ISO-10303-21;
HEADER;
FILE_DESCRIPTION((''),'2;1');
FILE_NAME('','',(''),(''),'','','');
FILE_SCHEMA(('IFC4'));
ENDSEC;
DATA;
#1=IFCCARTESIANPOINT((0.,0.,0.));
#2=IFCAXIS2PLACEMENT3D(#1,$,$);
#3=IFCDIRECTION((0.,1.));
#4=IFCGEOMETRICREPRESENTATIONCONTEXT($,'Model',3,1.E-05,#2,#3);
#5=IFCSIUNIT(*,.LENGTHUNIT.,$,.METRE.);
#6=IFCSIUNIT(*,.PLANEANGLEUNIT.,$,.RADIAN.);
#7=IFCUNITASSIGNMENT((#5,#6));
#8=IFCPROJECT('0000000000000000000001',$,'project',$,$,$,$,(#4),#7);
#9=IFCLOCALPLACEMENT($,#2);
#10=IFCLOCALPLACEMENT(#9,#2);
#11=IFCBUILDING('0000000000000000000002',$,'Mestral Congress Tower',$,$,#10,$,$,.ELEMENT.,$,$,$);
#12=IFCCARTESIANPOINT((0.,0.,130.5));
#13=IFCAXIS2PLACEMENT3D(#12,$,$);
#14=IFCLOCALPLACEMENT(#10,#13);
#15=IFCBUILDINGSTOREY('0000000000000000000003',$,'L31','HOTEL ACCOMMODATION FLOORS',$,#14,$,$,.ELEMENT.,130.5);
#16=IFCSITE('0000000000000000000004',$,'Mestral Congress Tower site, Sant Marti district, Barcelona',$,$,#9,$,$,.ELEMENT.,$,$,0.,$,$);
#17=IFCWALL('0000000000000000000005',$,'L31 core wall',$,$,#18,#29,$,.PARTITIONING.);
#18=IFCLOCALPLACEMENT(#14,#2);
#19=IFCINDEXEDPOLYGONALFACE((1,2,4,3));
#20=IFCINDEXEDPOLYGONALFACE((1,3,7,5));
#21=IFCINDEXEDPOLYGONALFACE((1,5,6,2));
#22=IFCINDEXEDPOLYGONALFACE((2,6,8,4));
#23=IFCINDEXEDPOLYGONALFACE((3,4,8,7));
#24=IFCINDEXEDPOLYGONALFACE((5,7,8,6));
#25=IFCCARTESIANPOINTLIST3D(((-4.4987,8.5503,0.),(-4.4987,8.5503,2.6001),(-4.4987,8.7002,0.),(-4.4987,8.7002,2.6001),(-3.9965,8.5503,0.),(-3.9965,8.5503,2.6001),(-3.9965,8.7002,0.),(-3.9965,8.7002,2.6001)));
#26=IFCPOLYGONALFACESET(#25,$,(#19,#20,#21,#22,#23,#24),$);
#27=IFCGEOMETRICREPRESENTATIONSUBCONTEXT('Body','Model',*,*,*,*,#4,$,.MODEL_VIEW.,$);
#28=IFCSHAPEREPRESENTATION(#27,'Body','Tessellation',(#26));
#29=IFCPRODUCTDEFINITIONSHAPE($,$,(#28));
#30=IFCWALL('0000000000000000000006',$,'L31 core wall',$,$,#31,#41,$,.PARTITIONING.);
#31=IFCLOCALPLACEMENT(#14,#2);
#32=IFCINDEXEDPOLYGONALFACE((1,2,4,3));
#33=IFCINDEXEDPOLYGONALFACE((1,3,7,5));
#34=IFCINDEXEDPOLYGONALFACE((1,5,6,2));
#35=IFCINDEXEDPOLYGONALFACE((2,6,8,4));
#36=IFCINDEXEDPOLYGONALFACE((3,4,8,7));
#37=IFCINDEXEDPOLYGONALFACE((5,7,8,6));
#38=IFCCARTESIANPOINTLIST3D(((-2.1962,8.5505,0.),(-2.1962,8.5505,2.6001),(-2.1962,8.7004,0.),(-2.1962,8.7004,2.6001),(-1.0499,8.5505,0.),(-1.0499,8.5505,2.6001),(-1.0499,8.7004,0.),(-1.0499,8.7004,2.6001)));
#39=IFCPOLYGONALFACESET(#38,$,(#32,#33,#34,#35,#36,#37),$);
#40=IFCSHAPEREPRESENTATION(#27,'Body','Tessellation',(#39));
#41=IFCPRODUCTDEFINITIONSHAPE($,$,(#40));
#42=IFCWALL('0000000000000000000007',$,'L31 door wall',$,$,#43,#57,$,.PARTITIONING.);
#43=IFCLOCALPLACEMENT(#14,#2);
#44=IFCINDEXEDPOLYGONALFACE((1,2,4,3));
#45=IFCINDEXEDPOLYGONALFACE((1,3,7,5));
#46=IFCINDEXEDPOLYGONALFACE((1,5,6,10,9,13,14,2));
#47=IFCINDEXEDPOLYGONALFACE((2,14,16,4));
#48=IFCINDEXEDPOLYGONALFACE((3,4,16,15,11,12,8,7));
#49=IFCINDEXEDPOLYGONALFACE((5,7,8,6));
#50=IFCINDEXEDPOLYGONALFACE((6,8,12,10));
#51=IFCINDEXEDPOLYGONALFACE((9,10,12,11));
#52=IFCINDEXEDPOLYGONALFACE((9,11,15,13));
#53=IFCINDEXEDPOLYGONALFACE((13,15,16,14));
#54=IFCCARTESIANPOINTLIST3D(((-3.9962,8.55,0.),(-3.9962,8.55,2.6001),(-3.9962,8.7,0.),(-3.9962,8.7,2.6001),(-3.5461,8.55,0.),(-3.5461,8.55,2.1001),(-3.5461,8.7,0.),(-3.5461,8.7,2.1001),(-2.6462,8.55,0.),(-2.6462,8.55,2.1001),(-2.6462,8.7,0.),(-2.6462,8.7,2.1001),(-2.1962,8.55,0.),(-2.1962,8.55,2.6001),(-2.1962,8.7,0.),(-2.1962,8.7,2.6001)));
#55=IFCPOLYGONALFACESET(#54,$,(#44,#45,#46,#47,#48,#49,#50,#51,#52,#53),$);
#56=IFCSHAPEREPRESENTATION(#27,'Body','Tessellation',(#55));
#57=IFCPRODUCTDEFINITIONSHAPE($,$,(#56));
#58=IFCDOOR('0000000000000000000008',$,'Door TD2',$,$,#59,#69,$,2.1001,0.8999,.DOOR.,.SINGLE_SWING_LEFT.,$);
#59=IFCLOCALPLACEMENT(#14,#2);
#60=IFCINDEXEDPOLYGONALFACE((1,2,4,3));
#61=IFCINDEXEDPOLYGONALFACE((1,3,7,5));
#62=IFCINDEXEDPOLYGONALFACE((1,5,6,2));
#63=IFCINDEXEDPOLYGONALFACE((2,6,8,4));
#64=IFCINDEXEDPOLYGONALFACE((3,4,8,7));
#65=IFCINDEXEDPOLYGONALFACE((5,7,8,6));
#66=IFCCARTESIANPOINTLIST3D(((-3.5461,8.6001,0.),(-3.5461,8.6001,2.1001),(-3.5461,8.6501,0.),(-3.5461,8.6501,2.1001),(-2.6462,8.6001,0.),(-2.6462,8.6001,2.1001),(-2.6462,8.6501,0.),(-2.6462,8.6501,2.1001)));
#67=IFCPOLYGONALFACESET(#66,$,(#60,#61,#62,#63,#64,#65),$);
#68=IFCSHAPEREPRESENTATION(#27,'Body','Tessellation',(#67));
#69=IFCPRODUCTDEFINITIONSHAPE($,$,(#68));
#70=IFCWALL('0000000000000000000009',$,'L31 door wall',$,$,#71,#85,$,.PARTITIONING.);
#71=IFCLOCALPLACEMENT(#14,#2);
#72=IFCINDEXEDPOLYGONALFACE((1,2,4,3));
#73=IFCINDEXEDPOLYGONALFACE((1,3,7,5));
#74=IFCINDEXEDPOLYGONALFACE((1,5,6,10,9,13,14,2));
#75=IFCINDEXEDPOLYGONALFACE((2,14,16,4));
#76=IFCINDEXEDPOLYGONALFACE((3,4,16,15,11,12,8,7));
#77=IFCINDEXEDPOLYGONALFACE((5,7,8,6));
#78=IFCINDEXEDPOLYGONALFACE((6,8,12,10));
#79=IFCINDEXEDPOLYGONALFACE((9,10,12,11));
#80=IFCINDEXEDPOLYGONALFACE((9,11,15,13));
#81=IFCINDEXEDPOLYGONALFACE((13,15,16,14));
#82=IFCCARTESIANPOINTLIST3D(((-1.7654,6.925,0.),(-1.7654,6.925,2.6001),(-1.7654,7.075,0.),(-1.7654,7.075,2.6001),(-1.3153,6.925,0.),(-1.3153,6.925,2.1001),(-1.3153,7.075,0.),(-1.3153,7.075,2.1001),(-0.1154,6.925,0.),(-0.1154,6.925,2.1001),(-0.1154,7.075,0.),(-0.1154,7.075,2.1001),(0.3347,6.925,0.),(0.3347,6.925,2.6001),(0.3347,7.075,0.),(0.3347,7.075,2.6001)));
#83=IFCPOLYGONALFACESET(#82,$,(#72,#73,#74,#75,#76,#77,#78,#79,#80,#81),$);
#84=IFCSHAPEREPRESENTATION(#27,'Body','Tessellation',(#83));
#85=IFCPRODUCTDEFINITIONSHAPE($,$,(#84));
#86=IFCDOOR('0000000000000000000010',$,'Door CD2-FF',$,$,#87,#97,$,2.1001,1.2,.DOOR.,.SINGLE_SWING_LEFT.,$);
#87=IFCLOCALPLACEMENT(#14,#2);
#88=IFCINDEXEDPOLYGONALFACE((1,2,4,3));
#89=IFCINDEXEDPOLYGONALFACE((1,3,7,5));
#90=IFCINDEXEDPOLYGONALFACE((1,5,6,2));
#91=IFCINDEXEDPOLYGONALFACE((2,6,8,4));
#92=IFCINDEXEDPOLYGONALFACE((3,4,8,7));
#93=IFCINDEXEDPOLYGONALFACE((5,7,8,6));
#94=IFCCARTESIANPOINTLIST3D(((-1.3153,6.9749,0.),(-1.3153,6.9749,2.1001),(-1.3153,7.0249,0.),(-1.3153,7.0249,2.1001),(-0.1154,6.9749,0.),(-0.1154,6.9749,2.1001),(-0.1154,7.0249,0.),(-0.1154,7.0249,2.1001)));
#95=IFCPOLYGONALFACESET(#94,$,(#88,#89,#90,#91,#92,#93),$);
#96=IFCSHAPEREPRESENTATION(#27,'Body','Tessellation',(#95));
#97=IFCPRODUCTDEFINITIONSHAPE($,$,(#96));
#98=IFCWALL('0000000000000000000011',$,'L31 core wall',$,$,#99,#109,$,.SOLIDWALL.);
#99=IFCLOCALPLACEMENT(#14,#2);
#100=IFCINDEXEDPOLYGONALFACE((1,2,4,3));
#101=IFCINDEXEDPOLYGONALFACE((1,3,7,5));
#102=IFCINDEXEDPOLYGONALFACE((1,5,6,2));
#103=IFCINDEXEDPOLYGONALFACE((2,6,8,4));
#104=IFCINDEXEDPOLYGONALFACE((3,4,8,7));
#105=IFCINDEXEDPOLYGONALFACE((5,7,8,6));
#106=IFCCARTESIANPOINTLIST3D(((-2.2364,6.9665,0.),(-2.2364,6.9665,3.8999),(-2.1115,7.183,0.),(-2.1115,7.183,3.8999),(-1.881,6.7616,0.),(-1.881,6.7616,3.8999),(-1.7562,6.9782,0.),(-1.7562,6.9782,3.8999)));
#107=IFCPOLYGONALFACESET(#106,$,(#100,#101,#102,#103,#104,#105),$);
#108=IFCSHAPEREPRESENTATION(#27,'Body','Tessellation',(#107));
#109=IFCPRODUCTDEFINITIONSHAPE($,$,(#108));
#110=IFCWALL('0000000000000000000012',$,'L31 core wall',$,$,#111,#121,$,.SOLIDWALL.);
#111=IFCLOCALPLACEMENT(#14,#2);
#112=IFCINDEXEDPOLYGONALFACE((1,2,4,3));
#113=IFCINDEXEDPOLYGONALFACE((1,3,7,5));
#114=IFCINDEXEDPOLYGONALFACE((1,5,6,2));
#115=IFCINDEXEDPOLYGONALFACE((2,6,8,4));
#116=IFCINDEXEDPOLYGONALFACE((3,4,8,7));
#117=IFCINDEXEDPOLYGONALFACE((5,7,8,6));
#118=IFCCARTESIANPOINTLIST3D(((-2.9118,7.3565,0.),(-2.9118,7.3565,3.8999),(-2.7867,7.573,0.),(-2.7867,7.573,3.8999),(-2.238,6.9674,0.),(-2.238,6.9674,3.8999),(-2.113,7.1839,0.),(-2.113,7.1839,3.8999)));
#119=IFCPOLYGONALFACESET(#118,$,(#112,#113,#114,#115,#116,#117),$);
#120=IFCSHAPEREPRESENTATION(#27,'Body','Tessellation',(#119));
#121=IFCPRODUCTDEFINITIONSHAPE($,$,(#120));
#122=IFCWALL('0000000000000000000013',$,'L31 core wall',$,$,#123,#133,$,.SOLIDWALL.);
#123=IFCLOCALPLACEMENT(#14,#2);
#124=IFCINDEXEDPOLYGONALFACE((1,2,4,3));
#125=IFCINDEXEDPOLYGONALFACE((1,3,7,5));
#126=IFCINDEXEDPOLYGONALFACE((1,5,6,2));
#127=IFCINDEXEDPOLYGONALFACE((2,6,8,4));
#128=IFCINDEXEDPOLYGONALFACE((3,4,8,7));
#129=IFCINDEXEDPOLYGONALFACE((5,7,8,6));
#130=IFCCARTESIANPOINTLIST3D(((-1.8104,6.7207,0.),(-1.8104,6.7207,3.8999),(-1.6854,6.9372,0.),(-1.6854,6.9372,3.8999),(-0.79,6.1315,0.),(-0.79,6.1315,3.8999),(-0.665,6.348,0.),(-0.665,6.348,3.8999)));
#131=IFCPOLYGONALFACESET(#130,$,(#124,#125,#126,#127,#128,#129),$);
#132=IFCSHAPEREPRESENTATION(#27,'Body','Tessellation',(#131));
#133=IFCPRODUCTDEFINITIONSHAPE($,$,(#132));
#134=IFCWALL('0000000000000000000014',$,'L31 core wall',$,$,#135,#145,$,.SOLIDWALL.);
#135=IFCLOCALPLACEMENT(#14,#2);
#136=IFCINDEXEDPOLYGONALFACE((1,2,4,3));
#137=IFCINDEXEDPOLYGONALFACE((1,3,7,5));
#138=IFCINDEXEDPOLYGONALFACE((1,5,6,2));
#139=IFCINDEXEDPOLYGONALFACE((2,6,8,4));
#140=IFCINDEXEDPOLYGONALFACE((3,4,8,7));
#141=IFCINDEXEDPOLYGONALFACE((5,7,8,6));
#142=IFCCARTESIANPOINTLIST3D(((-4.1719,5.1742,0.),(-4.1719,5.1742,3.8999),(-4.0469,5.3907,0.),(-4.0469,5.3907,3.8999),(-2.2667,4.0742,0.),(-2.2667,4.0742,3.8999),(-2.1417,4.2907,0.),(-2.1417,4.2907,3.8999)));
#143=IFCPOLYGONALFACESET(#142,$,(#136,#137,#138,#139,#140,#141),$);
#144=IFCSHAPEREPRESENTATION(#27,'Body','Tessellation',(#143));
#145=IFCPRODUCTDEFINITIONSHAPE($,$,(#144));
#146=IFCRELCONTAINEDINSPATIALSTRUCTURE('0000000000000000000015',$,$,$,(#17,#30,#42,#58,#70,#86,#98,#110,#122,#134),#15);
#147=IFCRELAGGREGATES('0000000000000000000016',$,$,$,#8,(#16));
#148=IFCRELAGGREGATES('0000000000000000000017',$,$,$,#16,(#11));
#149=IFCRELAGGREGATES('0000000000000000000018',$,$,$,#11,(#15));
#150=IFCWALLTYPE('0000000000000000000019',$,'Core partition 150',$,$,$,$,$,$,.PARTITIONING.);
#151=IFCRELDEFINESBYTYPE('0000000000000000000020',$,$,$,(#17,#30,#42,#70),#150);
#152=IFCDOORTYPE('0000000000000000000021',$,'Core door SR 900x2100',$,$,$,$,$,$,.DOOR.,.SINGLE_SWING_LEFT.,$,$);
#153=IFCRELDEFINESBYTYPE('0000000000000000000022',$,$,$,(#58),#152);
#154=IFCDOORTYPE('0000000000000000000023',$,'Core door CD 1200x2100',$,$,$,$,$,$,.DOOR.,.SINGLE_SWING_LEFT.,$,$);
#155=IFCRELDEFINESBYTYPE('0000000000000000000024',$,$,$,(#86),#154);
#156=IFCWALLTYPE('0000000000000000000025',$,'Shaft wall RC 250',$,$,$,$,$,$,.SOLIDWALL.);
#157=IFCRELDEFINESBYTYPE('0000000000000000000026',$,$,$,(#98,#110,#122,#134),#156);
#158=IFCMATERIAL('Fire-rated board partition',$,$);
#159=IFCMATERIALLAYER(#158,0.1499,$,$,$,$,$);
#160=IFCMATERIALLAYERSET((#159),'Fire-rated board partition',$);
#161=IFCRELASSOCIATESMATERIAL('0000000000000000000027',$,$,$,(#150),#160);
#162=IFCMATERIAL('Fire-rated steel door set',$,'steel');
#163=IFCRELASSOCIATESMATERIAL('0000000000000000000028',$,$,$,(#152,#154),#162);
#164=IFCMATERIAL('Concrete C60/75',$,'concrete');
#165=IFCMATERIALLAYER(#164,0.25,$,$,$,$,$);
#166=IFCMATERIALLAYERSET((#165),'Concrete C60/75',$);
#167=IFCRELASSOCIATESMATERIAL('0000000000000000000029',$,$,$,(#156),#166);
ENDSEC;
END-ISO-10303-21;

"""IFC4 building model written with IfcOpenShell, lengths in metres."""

from ifc_helpers import new_model, si_unit, direction, frame, frame_2d, origin, place, context, subcontext, project, spatial, rectangle, extrude, material, layer, layer_set, type_object, element, fill, save


model = new_model("IFC4")

# Units and contexts
model_context = context("Model", 3, precision=1e-05, world=origin(), true_north=direction((0.0, 1.0)))
body_context = subcontext(model_context, "Body", "Model", "MODEL_VIEW")
ifc_project = project(units=[si_unit("LENGTHUNIT", "METRE"), si_unit("PLANEANGLEUNIT", "RADIAN")], contexts=[model_context])

# Site, building, storey
site_placement = place(None, origin())
site = spatial("IfcSite", under=ifc_project, at=site_placement, Name="Mestral Congress Tower site, Sant Marti district, Barcelona", CompositionType="ELEMENT", RefElevation=0.0)
building_placement = place(site_placement, origin())
building = spatial("IfcBuilding", under=site, at=building_placement, Name="Mestral Congress Tower", CompositionType="ELEMENT")
storey_placement = place(building_placement, frame((0.0, 0.0, 130.5)))
storey = spatial("IfcBuildingStorey", under=building, at=storey_placement, Name="L31", Description="HOTEL ACCOMMODATION FLOORS", CompositionType="ELEMENT", Elevation=130.5)

# Walls
ifc_material_1 = material(Name="Fire-rated board partition")
ifc_layer_1 = layer(ifc_material_1, 0.1499)
ifc_layer_set_1 = layer_set([ifc_layer_1], Name="Fire-rated board partition")
wall_type_1 = type_object("IfcWallType", Name="Core partition 150", PredefinedType="PARTITIONING", material=ifc_layer_set_1)
wall_1_placement = place(storey_placement, frame((-3.9966, 8.6252, 0.0), z_axis=(0.0, 0.0, 1.0), x_axis=(-1.0, 0.0, 0.0)))
element("IfcWall", 1, at=wall_1_placement, inside=storey, type_object=wall_type_1, Name="L31 core wall", PredefinedType="PARTITIONING", context=body_context, shape_type="SweptSolid", body=[
    extrude(rectangle(XDim=0.5022, YDim=0.1499, at=frame_2d((0.251, 0.0))), origin(), (0.0, 0.0, 1.0), 2.6001),
])
wall_2_placement = place(storey_placement, frame((-2.1963, 8.6255, 0.0), z_axis=(0.0, 0.0, 1.0), x_axis=(1.0, 0.0, 0.0)))
element("IfcWall", 2, at=wall_2_placement, inside=storey, type_object=wall_type_1, Name="L31 core wall", PredefinedType="PARTITIONING", context=body_context, shape_type="SweptSolid", body=[
    extrude(rectangle(XDim=1.1462, YDim=0.1499, at=frame_2d((0.5732, 0.0))), origin(), (0.0, 0.0, 1.0), 2.6001),
])

# Walls, openings, doors
wall_3_placement = place(storey_placement, frame((-2.1963, 8.625, 0.0), z_axis=(0.0, 0.0, 1.0), x_axis=(-1.0, 0.0, 0.0)))
wall_3 = element("IfcWall", 3, at=wall_3_placement, inside=storey, type_object=wall_type_1, Name="L31 door wall", PredefinedType="PARTITIONING", context=body_context, shape_type="SweptSolid", body=[
    extrude(rectangle(XDim=1.8, YDim=0.1499, at=frame_2d((0.8999, 0.0))), origin(), (0.0, 0.0, 1.0), 2.6001),
])
opening_1_placement = place(wall_3_placement, frame((0.45, 0.0, 0.0)))
opening_1 = element("IfcOpeningElement", 4, at=opening_1_placement, cuts=wall_3, PredefinedType="OPENING", context=body_context, shape_type="SweptSolid", body=[
    extrude(rectangle(XDim=0.8999, YDim=2.1001, at=frame_2d((0.45, 1.05))), frame((0.0, 0.085, 0.0), z_axis=(0.0, -1.0, 0.0), x_axis=(1.0, 0.0, 0.0)), (0.0, 0.0, 1.0), 0.1699),
])
ifc_material_2 = material(Name="Fire-rated steel door set", Category="steel")
door_type_1 = type_object("IfcDoorType", Name="Core door SR 900x2100", OperationType="SINGLE_SWING_LEFT", PredefinedType="DOOR", material=ifc_material_2)
door_1_placement = place(opening_1_placement, origin())
door_1 = element("IfcDoor", 5, at=door_1_placement, inside=storey, type_object=door_type_1, Name="Door TD2", OperationType="SINGLE_SWING_LEFT", OverallHeight=2.1001, OverallWidth=0.8999, PredefinedType="DOOR", context=body_context, shape_type="SweptSolid", body=[
    extrude(rectangle(XDim=0.8999, YDim=2.1001, at=frame_2d((0.45, 1.05))), frame((0.0, 0.0249, 0.0), z_axis=(0.0, -1.0, 0.0), x_axis=(1.0, 0.0, 0.0)), (0.0, 0.0, 1.0), 0.05),
])
fill(opening_1, door_1)
wall_4_placement = place(storey_placement, frame((-1.7654, 7.0, 0.0), z_axis=(0.0, 0.0, 1.0), x_axis=(1.0, 0.0, 0.0)))
wall_4 = element("IfcWall", 6, at=wall_4_placement, inside=storey, type_object=wall_type_1, Name="L31 door wall", PredefinedType="PARTITIONING", context=body_context, shape_type="SweptSolid", body=[
    extrude(rectangle(XDim=2.1001, YDim=0.1499, at=frame_2d((1.05, 0.0))), origin(), (0.0, 0.0, 1.0), 2.6001),
])
opening_2_placement = place(wall_4_placement, frame((0.45, 0.0, 0.0)))
opening_2 = element("IfcOpeningElement", 7, at=opening_2_placement, cuts=wall_4, PredefinedType="OPENING", context=body_context, shape_type="SweptSolid", body=[
    extrude(rectangle(XDim=1.2, YDim=2.1001, at=frame_2d((0.6001, 1.05))), frame((0.0, 0.085, 0.0), z_axis=(0.0, -1.0, 0.0), x_axis=(1.0, 0.0, 0.0)), (0.0, 0.0, 1.0), 0.1699),
])
door_type_2 = type_object("IfcDoorType", Name="Core door CD 1200x2100", OperationType="SINGLE_SWING_LEFT", PredefinedType="DOOR", material=ifc_material_2)
door_2_placement = place(opening_2_placement, origin())
door_2 = element("IfcDoor", 8, at=door_2_placement, inside=storey, type_object=door_type_2, Name="Door CD2-FF", OperationType="SINGLE_SWING_LEFT", OverallHeight=2.1001, OverallWidth=1.2, PredefinedType="DOOR", context=body_context, shape_type="SweptSolid", body=[
    extrude(rectangle(XDim=1.2, YDim=2.1001, at=frame_2d((0.6001, 1.05))), frame((0.0, 0.0249, 0.0), z_axis=(0.0, -1.0, 0.0), x_axis=(1.0, 0.0, 0.0)), (0.0, 0.0, 1.0), 0.05),
])
fill(opening_2, door_2)

# Walls
ifc_material_3 = material(Name="Concrete C60/75", Category="concrete")
ifc_layer_2 = layer(ifc_material_3, 0.25)
ifc_layer_set_2 = layer_set([ifc_layer_2], Name="Concrete C60/75")
wall_type_2 = type_object("IfcWallType", Name="Shaft wall RC 250", PredefinedType="SOLIDWALL", material=ifc_layer_set_2)
wall_5_placement = place(storey_placement, frame((-1.8186, 6.8699, 0.0), z_axis=(0.0, 0.0, 1.0), x_axis=(-0.866295, 0.499533, 0.0)))
element("IfcWall", 9, at=wall_5_placement, inside=storey, type_object=wall_type_2, Name="L31 core wall", PredefinedType="SOLIDWALL", context=body_context, shape_type="SweptSolid", body=[
    extrude(rectangle(XDim=0.4102, YDim=0.25, at=frame_2d((0.2051, 0.0))), origin(), (0.0, 0.0, 1.0), 3.8999),
])
wall_6_placement = place(storey_placement, frame((-2.8494, 7.4648, 0.0), z_axis=(0.0, 0.0, 1.0), x_axis=(0.865956, -0.500121, 0.0)))
element("IfcWall", 10, at=wall_6_placement, inside=storey, type_object=wall_type_2, Name="L31 core wall", PredefinedType="SOLIDWALL", context=body_context, shape_type="SweptSolid", body=[
    extrude(rectangle(XDim=0.7781, YDim=0.25, at=frame_2d((0.3892, 0.0))), origin(), (0.0, 0.0, 1.0), 3.8999),
])
wall_7_placement = place(storey_placement, frame((-0.7275, 6.2397, 0.0), z_axis=(0.0, 0.0, 1.0), x_axis=(-0.866003, 0.500039, 0.0)))
element("IfcWall", 11, at=wall_7_placement, inside=storey, type_object=wall_type_2, Name="L31 core wall", PredefinedType="SOLIDWALL", context=body_context, shape_type="SweptSolid", body=[
    extrude(rectangle(XDim=1.1782, YDim=0.25, at=frame_2d((0.5891, 0.0))), origin(), (0.0, 0.0, 1.0), 3.8999),
])
wall_8_placement = place(storey_placement, frame((-2.2041, 4.1824, 0.0), z_axis=(0.0, 0.0, 1.0), x_axis=(-0.866008, 0.50003, 0.0)))
element("IfcWall", 12, at=wall_8_placement, inside=storey, type_object=wall_type_2, Name="L31 core wall", PredefinedType="SOLIDWALL", context=body_context, shape_type="SweptSolid", body=[
    extrude(rectangle(XDim=2.2, YDim=0.25, at=frame_2d((1.1001, 0.0))), origin(), (0.0, 0.0, 1.0), 3.8999),
])

save(model, "model.ifc")
